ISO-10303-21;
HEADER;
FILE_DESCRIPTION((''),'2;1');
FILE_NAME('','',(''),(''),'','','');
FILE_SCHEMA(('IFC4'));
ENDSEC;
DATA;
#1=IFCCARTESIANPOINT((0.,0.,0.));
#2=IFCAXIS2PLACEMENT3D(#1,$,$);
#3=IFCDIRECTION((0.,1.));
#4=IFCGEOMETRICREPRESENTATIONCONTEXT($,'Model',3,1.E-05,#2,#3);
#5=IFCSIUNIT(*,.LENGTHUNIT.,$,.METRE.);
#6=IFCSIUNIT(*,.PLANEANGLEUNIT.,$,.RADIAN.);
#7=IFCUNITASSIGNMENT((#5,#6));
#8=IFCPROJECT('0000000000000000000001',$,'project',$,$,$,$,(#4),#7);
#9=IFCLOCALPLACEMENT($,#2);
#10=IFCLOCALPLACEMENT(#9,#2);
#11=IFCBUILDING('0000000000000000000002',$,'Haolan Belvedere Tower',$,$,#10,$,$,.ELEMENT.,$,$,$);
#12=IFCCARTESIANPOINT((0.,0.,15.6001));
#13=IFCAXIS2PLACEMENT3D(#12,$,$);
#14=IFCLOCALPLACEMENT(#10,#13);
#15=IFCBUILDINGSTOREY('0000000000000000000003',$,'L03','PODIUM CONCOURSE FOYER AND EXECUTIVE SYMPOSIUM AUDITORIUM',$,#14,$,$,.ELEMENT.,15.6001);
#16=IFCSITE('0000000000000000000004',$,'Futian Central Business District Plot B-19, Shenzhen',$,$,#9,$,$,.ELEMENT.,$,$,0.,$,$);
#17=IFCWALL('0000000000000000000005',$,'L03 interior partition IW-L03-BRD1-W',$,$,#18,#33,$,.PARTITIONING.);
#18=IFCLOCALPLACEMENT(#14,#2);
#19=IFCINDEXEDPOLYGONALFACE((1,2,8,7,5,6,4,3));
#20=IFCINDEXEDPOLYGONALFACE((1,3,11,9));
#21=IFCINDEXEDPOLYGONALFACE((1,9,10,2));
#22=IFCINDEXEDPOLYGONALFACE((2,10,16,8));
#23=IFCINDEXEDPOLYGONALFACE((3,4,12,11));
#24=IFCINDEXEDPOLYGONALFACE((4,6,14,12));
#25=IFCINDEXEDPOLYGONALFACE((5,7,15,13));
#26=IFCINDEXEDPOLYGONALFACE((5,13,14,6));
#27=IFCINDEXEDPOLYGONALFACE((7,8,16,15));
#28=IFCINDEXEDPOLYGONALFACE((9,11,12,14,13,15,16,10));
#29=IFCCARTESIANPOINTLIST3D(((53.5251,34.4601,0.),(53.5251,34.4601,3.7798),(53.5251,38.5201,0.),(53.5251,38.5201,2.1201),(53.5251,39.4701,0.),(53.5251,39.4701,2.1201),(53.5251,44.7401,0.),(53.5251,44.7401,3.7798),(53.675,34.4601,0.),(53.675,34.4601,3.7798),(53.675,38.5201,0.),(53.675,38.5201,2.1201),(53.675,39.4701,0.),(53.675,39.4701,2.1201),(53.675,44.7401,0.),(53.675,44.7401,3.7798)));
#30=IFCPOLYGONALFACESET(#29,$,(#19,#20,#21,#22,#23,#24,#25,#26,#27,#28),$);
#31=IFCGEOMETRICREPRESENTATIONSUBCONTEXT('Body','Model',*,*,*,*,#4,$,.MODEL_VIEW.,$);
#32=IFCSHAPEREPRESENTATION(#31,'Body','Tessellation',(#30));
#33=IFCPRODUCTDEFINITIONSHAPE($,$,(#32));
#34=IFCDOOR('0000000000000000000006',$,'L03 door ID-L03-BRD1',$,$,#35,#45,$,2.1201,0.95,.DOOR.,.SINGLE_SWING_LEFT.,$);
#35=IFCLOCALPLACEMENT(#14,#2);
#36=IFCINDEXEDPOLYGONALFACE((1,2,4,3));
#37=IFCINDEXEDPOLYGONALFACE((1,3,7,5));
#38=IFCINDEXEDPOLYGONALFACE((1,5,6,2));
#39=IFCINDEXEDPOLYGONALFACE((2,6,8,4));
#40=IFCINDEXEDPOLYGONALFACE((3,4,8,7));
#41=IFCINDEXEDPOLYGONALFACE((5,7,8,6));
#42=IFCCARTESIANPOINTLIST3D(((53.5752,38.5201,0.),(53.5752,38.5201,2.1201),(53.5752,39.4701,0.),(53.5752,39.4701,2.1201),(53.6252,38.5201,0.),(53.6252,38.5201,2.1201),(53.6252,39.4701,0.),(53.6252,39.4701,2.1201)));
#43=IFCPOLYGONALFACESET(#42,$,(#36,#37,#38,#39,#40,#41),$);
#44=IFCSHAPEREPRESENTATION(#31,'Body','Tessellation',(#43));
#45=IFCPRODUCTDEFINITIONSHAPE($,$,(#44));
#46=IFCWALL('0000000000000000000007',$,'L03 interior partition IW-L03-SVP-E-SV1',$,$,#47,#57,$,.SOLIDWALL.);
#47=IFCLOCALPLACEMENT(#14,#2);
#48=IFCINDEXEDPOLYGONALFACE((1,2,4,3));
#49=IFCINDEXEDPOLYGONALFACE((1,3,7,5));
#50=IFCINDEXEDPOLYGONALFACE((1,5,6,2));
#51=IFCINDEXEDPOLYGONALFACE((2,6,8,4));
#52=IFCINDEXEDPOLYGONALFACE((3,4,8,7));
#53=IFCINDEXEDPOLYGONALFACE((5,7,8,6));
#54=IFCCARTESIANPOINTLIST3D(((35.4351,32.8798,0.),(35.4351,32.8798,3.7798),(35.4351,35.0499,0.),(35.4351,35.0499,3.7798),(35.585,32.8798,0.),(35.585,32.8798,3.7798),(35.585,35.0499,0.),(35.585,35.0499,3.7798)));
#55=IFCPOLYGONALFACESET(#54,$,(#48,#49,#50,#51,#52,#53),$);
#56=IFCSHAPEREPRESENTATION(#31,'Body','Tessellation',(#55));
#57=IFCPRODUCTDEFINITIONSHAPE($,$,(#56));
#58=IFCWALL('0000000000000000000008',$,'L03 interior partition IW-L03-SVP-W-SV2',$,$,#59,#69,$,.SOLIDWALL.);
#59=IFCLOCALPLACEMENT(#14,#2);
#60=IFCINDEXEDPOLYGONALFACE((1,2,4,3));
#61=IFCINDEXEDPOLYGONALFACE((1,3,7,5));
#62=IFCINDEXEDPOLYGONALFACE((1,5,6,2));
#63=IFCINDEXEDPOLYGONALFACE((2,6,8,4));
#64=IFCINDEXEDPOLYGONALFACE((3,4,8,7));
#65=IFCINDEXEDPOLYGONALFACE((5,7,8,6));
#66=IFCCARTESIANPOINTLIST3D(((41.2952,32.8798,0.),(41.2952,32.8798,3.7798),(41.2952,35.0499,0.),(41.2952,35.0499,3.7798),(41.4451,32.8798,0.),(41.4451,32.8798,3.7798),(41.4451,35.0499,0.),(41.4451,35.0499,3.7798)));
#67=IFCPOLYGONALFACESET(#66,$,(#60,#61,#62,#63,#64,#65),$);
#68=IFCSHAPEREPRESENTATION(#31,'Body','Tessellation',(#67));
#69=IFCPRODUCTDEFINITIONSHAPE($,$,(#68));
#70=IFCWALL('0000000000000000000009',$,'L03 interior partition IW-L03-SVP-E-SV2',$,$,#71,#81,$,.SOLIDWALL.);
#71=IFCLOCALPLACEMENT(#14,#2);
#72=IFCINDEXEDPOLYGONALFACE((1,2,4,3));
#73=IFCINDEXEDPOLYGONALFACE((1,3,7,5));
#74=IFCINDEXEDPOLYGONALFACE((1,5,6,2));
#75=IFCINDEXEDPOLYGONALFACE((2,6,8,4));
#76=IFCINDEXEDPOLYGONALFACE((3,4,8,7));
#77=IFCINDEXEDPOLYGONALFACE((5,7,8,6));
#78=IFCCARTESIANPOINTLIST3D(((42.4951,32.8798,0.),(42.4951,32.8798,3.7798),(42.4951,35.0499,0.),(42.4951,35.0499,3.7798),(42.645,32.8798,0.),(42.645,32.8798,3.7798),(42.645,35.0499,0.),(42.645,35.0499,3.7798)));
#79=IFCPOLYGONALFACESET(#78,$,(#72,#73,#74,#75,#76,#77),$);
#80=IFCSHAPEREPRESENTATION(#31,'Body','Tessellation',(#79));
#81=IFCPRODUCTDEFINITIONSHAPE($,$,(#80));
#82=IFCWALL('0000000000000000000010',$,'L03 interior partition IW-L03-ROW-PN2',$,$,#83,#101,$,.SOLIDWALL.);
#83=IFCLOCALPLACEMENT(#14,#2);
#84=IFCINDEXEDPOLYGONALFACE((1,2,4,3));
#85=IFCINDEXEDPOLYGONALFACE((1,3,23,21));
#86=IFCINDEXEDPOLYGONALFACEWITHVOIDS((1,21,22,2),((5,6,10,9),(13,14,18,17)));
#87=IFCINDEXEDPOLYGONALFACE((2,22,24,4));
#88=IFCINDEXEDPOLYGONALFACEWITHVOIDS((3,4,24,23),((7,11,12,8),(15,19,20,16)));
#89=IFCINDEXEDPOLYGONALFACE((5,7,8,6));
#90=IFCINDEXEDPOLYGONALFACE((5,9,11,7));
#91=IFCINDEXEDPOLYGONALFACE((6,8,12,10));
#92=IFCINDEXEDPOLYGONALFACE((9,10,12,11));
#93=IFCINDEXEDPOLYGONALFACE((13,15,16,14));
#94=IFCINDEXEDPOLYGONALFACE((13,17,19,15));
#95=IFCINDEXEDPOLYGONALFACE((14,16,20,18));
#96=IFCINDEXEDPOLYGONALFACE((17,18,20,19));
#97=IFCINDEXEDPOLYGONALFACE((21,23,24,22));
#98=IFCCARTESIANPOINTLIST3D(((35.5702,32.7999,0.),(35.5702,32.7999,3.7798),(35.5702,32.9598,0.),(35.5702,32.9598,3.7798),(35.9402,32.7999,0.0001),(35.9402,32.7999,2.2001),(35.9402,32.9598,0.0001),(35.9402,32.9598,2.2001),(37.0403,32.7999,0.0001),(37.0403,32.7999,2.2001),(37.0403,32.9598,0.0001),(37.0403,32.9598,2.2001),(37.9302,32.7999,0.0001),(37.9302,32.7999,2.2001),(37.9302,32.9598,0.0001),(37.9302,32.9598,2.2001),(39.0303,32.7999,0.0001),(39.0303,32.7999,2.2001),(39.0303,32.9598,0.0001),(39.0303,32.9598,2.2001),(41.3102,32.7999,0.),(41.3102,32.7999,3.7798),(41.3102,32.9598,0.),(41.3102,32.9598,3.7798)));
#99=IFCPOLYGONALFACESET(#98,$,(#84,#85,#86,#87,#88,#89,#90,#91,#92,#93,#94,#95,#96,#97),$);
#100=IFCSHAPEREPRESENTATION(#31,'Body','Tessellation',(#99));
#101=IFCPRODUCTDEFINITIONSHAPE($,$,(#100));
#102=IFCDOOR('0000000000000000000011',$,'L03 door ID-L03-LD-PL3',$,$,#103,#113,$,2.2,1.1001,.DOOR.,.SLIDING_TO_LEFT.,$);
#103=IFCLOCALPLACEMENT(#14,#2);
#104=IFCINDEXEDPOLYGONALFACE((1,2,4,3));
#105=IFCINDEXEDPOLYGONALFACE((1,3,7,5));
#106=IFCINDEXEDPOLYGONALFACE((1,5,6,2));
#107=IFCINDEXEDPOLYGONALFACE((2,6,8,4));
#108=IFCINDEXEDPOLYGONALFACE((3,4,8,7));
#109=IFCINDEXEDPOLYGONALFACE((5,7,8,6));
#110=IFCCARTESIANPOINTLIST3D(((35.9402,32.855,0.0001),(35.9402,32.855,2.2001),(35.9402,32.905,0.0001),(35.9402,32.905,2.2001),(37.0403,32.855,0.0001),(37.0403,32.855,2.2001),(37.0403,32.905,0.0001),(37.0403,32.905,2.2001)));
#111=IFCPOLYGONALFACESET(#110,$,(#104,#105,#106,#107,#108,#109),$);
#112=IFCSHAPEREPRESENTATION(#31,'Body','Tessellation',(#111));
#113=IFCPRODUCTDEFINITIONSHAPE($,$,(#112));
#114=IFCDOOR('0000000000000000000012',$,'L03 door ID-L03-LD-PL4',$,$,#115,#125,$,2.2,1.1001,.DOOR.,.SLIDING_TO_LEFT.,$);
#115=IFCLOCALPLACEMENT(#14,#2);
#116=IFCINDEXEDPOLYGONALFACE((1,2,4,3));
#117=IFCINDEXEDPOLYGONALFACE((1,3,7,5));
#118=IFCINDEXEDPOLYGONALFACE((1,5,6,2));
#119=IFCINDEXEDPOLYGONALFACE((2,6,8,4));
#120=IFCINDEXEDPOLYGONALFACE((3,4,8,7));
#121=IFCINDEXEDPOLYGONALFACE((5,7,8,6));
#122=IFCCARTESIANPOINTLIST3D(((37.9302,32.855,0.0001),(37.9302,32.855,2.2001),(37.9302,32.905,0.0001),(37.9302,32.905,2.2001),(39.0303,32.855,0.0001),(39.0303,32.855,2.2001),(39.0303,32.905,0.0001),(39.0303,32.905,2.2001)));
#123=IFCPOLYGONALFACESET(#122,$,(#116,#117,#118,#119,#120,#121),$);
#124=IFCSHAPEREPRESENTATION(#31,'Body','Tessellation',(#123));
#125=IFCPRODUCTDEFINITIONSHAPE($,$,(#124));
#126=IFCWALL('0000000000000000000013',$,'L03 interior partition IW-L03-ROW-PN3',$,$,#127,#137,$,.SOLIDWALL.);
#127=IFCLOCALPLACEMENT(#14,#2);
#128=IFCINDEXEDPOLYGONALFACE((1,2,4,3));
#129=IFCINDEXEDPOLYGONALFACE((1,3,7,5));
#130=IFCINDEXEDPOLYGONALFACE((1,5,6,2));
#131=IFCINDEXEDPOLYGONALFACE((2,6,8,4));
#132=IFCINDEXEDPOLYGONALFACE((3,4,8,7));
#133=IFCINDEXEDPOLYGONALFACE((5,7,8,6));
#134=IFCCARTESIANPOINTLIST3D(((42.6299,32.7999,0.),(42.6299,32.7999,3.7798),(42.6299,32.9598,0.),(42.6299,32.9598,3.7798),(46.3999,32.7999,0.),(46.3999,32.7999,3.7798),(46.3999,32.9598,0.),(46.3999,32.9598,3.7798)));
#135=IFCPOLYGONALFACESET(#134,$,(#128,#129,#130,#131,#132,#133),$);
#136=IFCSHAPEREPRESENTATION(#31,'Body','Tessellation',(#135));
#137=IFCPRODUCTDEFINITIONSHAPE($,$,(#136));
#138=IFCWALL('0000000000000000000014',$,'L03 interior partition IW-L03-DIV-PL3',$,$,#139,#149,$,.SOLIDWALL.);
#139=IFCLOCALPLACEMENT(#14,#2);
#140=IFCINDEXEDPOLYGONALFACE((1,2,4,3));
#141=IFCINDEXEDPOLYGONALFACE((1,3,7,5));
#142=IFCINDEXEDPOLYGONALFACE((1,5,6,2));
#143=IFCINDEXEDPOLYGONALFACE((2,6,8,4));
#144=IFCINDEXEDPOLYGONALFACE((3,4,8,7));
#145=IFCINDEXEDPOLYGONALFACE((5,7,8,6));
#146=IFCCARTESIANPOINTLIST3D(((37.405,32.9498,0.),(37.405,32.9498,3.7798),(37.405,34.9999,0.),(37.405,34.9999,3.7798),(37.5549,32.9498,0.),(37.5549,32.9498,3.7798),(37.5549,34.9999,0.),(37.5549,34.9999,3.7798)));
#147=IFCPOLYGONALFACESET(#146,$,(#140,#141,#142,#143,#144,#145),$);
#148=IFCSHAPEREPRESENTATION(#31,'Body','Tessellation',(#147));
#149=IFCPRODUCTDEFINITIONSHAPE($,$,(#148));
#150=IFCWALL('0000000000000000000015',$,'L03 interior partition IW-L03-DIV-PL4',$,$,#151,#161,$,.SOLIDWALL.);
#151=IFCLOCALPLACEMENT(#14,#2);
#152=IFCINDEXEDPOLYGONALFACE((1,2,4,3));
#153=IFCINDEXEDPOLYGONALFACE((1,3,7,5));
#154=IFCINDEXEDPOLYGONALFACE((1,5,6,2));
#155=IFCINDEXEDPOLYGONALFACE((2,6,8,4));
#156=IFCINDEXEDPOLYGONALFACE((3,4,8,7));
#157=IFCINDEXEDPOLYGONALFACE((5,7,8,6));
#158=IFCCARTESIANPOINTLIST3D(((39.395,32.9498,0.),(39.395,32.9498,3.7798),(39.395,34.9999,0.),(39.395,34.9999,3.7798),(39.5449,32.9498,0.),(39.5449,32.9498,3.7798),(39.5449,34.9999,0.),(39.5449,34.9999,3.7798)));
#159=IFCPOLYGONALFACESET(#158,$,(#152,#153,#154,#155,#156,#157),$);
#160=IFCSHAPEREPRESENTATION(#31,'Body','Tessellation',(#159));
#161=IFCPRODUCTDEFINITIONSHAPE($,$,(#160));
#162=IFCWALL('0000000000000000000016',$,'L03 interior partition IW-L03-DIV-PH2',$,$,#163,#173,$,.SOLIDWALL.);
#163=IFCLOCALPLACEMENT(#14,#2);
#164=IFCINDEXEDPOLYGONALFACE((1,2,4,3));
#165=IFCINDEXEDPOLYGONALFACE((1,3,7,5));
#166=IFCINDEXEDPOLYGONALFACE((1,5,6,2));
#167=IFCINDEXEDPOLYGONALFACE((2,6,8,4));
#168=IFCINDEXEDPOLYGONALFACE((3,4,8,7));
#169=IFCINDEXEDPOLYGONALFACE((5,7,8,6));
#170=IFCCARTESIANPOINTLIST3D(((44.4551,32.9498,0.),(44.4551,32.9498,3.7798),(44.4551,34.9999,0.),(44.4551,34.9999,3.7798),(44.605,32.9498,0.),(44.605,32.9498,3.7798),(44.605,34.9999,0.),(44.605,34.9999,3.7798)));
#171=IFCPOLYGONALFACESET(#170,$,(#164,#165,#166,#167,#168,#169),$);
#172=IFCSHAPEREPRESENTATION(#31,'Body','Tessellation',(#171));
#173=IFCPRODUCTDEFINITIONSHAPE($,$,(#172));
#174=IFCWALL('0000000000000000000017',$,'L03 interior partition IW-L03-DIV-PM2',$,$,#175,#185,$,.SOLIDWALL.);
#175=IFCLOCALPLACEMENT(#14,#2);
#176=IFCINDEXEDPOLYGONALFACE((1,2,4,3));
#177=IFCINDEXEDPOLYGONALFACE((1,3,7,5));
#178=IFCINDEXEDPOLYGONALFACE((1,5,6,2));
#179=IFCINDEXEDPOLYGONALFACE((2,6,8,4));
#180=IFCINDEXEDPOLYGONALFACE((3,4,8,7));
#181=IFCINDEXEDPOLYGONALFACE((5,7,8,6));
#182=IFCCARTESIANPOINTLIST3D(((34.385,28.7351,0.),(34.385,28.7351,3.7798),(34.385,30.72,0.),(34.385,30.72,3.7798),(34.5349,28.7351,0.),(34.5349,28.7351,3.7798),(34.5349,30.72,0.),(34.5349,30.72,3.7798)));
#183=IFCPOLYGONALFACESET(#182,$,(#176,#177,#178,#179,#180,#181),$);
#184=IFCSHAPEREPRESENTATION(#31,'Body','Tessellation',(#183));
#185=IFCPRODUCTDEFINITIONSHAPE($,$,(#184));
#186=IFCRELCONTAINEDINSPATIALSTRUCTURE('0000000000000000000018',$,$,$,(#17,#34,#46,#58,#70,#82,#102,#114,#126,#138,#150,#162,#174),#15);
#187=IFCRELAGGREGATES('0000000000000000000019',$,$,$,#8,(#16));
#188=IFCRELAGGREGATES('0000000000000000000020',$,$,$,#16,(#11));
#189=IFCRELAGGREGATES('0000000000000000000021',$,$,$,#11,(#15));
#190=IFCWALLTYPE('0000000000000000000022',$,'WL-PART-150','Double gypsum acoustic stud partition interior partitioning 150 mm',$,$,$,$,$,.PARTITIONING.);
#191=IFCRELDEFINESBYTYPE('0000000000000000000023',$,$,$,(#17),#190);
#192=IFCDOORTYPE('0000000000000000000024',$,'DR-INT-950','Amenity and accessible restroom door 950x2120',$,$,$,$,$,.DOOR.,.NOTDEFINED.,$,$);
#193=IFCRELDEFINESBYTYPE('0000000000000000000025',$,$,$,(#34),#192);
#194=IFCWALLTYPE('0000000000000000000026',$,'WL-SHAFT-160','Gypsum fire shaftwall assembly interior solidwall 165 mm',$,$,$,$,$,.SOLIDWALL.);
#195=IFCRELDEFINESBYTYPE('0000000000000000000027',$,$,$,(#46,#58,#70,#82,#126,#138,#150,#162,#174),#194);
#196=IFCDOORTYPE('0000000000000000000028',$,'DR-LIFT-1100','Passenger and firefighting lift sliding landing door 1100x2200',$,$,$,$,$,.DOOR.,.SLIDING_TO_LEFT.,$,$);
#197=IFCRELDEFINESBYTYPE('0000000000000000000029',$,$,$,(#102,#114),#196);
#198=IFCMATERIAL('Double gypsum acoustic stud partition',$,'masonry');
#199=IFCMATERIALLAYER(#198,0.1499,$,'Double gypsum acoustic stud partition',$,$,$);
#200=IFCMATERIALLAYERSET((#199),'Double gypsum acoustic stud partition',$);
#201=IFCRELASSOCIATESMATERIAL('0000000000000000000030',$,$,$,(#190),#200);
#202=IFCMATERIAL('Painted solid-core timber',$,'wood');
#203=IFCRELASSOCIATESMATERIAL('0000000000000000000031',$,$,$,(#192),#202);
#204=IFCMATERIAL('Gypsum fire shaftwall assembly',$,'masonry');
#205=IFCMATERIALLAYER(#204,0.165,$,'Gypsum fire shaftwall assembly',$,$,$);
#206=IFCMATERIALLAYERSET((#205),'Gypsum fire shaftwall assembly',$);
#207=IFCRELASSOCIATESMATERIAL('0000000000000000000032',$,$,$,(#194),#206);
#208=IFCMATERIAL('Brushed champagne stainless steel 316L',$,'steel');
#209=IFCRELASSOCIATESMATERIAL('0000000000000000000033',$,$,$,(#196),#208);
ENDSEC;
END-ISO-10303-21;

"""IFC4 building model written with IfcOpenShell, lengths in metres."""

from ifc_helpers import new_model, si_unit, direction, frame, frame_2d, origin, place, context, subcontext, project, spatial, rectangle, extrude, material, layer, layer_set, type_object, element, fill, save


model = new_model("IFC4")

# Units and contexts
model_context = context("Model", 3, precision=1e-05, world=origin(), true_north=direction((0.0, 1.0)))
body_context = subcontext(model_context, "Body", "Model", "MODEL_VIEW")
ifc_project = project(units=[si_unit("LENGTHUNIT", "METRE"), si_unit("PLANEANGLEUNIT", "RADIAN")], contexts=[model_context])

# Site, building, storey
site_placement = place(None, origin())
site = spatial("IfcSite", under=ifc_project, at=site_placement, Name="Futian Central Business District Plot B-19, Shenzhen", CompositionType="ELEMENT", RefElevation=0.0)
building_placement = place(site_placement, origin())
building = spatial("IfcBuilding", under=site, at=building_placement, Name="Haolan Belvedere Tower", CompositionType="ELEMENT")
storey_placement = place(building_placement, frame((0.0, 0.0, 15.6001)))
storey = spatial("IfcBuildingStorey", under=building, at=storey_placement, Name="L03", Description="PODIUM CONCOURSE FOYER AND EXECUTIVE SYMPOSIUM AUDITORIUM", CompositionType="ELEMENT", Elevation=15.6001)

# Shared definitions
ifc_material_1 = material(Name="Double gypsum acoustic stud partition", Category="masonry")
ifc_layer_1 = layer(ifc_material_1, 0.1499, Name="Double gypsum acoustic stud partition")
ifc_layer_set_1 = layer_set([ifc_layer_1], Name="Double gypsum acoustic stud partition")
wall_type_1 = type_object("IfcWallType", Name="WL-PART-150", Description="Double gypsum acoustic stud partition interior partitioning 150 mm", PredefinedType="PARTITIONING", material=ifc_layer_set_1)

# Wall, opening, door
wall_1_placement = place(storey_placement, frame((53.6001, 34.46, 0.0), z_axis=(0.0, 0.0, 1.0), x_axis=(0.0, 1.0, 0.0)))
wall_1 = element("IfcWall", 1, at=wall_1_placement, inside=storey, type_object=wall_type_1, Name="L03 interior partition IW-L03-BRD1-W", PredefinedType="PARTITIONING", context=body_context, shape_type="SweptSolid", body=[
    extrude(rectangle(XDim=10.28, YDim=0.1499, at=frame_2d((5.1401, 0.0))), origin(), (0.0, 0.0, 1.0), 3.7798),
])
opening_1_placement = place(wall_1_placement, frame((4.0601, 0.0, 0.0)))
opening_1 = element("IfcOpeningElement", 2, at=opening_1_placement, cuts=wall_1, PredefinedType="OPENING", context=body_context, shape_type="SweptSolid", body=[
    extrude(rectangle(XDim=0.95, YDim=2.1201, at=frame_2d((0.4751, 1.0601))), frame((0.0, 0.085, 0.0), z_axis=(0.0, -1.0, 0.0), x_axis=(1.0, 0.0, 0.0)), (0.0, 0.0, 1.0), 0.1699),
])
ifc_material_2 = material(Name="Painted solid-core timber", Category="wood")
door_type_1 = type_object("IfcDoorType", Name="DR-INT-950", Description="Amenity and accessible restroom door 950x2120", OperationType="NOTDEFINED", PredefinedType="DOOR", material=ifc_material_2)
door_1_placement = place(opening_1_placement, origin())
door_1 = element("IfcDoor", 3, at=door_1_placement, inside=storey, type_object=door_type_1, Name="L03 door ID-L03-BRD1", OperationType="SINGLE_SWING_LEFT", OverallHeight=2.1201, OverallWidth=0.95, PredefinedType="DOOR", context=body_context, shape_type="SweptSolid", body=[
    extrude(rectangle(XDim=0.95, YDim=2.1201, at=frame_2d((0.4751, 1.0601))), frame((0.0, 0.0249, 0.0), z_axis=(0.0, -1.0, 0.0), x_axis=(1.0, 0.0, 0.0)), (0.0, 0.0, 1.0), 0.05),
])
fill(opening_1, door_1)

# Walls
ifc_material_3 = material(Name="Gypsum fire shaftwall assembly", Category="masonry")
ifc_layer_2 = layer(ifc_material_3, 0.165, Name="Gypsum fire shaftwall assembly")
ifc_layer_set_2 = layer_set([ifc_layer_2], Name="Gypsum fire shaftwall assembly")
wall_type_2 = type_object("IfcWallType", Name="WL-SHAFT-160", Description="Gypsum fire shaftwall assembly interior solidwall 165 mm", PredefinedType="SOLIDWALL", material=ifc_layer_set_2)
for number, where, z_axis, x_axis, name in (
    (4, (35.51, 32.8799, 0.0), (0.0, 0.0, 1.0), (0.0, 1.0, 0.0), "L03 interior partition IW-L03-SVP-E-SV1"),
    (5, (41.3701, 32.8799, 0.0), (0.0, 0.0, 1.0), (0.0, 1.0, 0.0), "L03 interior partition IW-L03-SVP-W-SV2"),
    (6, (42.5701, 32.8799, 0.0), (0.0, 0.0, 1.0), (0.0, 1.0, 0.0), "L03 interior partition IW-L03-SVP-E-SV2"),
):
    element("IfcWall", number, at=place(storey_placement, frame(where, z_axis=z_axis, x_axis=x_axis)), inside=storey, type_object=wall_type_2, Name=name, PredefinedType="SOLIDWALL", context=body_context, shape_type="SweptSolid", body=[
        extrude(rectangle(XDim=2.1702, YDim=0.1499, at=frame_2d((1.085, 0.0))), origin(), (0.0, 0.0, 1.0), 3.7798),
    ])

# Wall, openings, doors
wall_2_placement = place(storey_placement, frame((35.5701, 32.8799, 0.0), z_axis=(0.0, 0.0, 1.0), x_axis=(1.0, 0.0, 0.0)))
wall_2 = element("IfcWall", 7, at=wall_2_placement, inside=storey, type_object=wall_type_2, Name="L03 interior partition IW-L03-ROW-PN2", PredefinedType="SOLIDWALL", context=body_context, shape_type="SweptSolid", body=[
    extrude(rectangle(XDim=5.74, YDim=0.1599, at=frame_2d((2.8701, 0.0))), origin(), (0.0, 0.0, 1.0), 3.7798),
])
opening_2_placement = place(wall_2_placement, frame((1.4702, 0.0, 0.0), z_axis=(0.0, 0.0, 1.0), x_axis=(-1.0, 0.0, 0.0)))
opening_2 = element("IfcOpeningElement", 8, at=opening_2_placement, cuts=wall_2, PredefinedType="OPENING", context=body_context, shape_type="SweptSolid", body=[
    extrude(rectangle(XDim=1.1001, YDim=2.2, at=frame_2d((0.55, 1.1001))), frame((0.0, 0.0898, 0.0), z_axis=(0.0, -1.0, 0.0), x_axis=(1.0, 0.0, 0.0)), (0.0, 0.0, 1.0), 0.1799),
])
opening_3_placement = place(wall_2_placement, frame((3.4602, 0.0, 0.0), z_axis=(0.0, 0.0, 1.0), x_axis=(-1.0, 0.0, 0.0)))
opening_3 = element("IfcOpeningElement", 9, at=opening_3_placement, cuts=wall_2, PredefinedType="OPENING", context=body_context, shape_type="SweptSolid", body=[
    extrude(rectangle(XDim=1.1001, YDim=2.2, at=frame_2d((0.55, 1.1001))), frame((0.0, 0.0898, 0.0), z_axis=(0.0, -1.0, 0.0), x_axis=(1.0, 0.0, 0.0)), (0.0, 0.0, 1.0), 0.1799),
])
ifc_material_4 = material(Name="Brushed champagne stainless steel 316L", Category="steel")
door_type_2 = type_object("IfcDoorType", Name="DR-LIFT-1100", Description="Passenger and firefighting lift sliding landing door 1100x2200", OperationType="SLIDING_TO_LEFT", PredefinedType="DOOR", material=ifc_material_4)
door_2_placement = place(opening_2_placement, origin())
door_2 = element("IfcDoor", 10, at=door_2_placement, inside=storey, type_object=door_type_2, Name="L03 door ID-L03-LD-PL3", OperationType="SLIDING_TO_LEFT", OverallHeight=2.2, OverallWidth=1.1001, PredefinedType="DOOR", context=body_context, shape_type="SweptSolid", body=[
    extrude(rectangle(XDim=1.1001, YDim=2.2, at=frame_2d((0.55, 1.1001))), frame((0.0, 0.0249, 0.0), z_axis=(0.0, -1.0, 0.0), x_axis=(1.0, 0.0, 0.0)), (0.0, 0.0, 1.0), 0.05),
])
fill(opening_2, door_2)
door_3_placement = place(opening_3_placement, origin())
door_3 = element("IfcDoor", 11, at=door_3_placement, inside=storey, type_object=door_type_2, Name="L03 door ID-L03-LD-PL4", OperationType="SLIDING_TO_LEFT", OverallHeight=2.2, OverallWidth=1.1001, PredefinedType="DOOR", context=body_context, shape_type="SweptSolid", body=[
    extrude(rectangle(XDim=1.1001, YDim=2.2, at=frame_2d((0.55, 1.1001))), frame((0.0, 0.0249, 0.0), z_axis=(0.0, -1.0, 0.0), x_axis=(1.0, 0.0, 0.0)), (0.0, 0.0, 1.0), 0.05),
])
fill(opening_3, door_3)

# Walls
wall_3_placement = place(storey_placement, frame((42.6299, 32.8799, 0.0), z_axis=(0.0, 0.0, 1.0), x_axis=(1.0, 0.0, 0.0)))
element("IfcWall", 12, at=wall_3_placement, inside=storey, type_object=wall_type_2, Name="L03 interior partition IW-L03-ROW-PN3", PredefinedType="SOLIDWALL", context=body_context, shape_type="SweptSolid", body=[
    extrude(rectangle(XDim=3.77, YDim=0.1599, at=frame_2d((1.885, 0.0))), origin(), (0.0, 0.0, 1.0), 3.7798),
])
for number, where, z_axis, x_axis, name in (
    (13, (37.48, 32.95, 0.0), (0.0, 0.0, 1.0), (0.0, 1.0, 0.0), "L03 interior partition IW-L03-DIV-PL3"),
    (14, (39.47, 32.95, 0.0), (0.0, 0.0, 1.0), (0.0, 1.0, 0.0), "L03 interior partition IW-L03-DIV-PL4"),
    (15, (44.53, 32.95, 0.0), (0.0, 0.0, 1.0), (0.0, 1.0, 0.0), "L03 interior partition IW-L03-DIV-PH2"),
):
    element("IfcWall", number, at=place(storey_placement, frame(where, z_axis=z_axis, x_axis=x_axis)), inside=storey, type_object=wall_type_2, Name=name, PredefinedType="SOLIDWALL", context=body_context, shape_type="SweptSolid", body=[
        extrude(rectangle(XDim=2.05, YDim=0.1499, at=frame_2d((1.0249, 0.0))), origin(), (0.0, 0.0, 1.0), 3.7798),
    ])
for number, where, z_axis, x_axis, name in (
    (16, (34.46, 28.7351, 0.0), (0.0, 0.0, 1.0), (0.0, 1.0, 0.0), "L03 interior partition IW-L03-DIV-PM2"),
):
    element("IfcWall", number, at=place(storey_placement, frame(where, z_axis=z_axis, x_axis=x_axis)), inside=storey, type_object=wall_type_2, Name=name, PredefinedType="SOLIDWALL", context=body_context, shape_type="SweptSolid", body=[
        extrude(rectangle(XDim=1.9849, YDim=0.1499, at=frame_2d((0.9924, 0.0))), origin(), (0.0, 0.0, 1.0), 3.7798),
    ])

save(model, "model.ifc")
